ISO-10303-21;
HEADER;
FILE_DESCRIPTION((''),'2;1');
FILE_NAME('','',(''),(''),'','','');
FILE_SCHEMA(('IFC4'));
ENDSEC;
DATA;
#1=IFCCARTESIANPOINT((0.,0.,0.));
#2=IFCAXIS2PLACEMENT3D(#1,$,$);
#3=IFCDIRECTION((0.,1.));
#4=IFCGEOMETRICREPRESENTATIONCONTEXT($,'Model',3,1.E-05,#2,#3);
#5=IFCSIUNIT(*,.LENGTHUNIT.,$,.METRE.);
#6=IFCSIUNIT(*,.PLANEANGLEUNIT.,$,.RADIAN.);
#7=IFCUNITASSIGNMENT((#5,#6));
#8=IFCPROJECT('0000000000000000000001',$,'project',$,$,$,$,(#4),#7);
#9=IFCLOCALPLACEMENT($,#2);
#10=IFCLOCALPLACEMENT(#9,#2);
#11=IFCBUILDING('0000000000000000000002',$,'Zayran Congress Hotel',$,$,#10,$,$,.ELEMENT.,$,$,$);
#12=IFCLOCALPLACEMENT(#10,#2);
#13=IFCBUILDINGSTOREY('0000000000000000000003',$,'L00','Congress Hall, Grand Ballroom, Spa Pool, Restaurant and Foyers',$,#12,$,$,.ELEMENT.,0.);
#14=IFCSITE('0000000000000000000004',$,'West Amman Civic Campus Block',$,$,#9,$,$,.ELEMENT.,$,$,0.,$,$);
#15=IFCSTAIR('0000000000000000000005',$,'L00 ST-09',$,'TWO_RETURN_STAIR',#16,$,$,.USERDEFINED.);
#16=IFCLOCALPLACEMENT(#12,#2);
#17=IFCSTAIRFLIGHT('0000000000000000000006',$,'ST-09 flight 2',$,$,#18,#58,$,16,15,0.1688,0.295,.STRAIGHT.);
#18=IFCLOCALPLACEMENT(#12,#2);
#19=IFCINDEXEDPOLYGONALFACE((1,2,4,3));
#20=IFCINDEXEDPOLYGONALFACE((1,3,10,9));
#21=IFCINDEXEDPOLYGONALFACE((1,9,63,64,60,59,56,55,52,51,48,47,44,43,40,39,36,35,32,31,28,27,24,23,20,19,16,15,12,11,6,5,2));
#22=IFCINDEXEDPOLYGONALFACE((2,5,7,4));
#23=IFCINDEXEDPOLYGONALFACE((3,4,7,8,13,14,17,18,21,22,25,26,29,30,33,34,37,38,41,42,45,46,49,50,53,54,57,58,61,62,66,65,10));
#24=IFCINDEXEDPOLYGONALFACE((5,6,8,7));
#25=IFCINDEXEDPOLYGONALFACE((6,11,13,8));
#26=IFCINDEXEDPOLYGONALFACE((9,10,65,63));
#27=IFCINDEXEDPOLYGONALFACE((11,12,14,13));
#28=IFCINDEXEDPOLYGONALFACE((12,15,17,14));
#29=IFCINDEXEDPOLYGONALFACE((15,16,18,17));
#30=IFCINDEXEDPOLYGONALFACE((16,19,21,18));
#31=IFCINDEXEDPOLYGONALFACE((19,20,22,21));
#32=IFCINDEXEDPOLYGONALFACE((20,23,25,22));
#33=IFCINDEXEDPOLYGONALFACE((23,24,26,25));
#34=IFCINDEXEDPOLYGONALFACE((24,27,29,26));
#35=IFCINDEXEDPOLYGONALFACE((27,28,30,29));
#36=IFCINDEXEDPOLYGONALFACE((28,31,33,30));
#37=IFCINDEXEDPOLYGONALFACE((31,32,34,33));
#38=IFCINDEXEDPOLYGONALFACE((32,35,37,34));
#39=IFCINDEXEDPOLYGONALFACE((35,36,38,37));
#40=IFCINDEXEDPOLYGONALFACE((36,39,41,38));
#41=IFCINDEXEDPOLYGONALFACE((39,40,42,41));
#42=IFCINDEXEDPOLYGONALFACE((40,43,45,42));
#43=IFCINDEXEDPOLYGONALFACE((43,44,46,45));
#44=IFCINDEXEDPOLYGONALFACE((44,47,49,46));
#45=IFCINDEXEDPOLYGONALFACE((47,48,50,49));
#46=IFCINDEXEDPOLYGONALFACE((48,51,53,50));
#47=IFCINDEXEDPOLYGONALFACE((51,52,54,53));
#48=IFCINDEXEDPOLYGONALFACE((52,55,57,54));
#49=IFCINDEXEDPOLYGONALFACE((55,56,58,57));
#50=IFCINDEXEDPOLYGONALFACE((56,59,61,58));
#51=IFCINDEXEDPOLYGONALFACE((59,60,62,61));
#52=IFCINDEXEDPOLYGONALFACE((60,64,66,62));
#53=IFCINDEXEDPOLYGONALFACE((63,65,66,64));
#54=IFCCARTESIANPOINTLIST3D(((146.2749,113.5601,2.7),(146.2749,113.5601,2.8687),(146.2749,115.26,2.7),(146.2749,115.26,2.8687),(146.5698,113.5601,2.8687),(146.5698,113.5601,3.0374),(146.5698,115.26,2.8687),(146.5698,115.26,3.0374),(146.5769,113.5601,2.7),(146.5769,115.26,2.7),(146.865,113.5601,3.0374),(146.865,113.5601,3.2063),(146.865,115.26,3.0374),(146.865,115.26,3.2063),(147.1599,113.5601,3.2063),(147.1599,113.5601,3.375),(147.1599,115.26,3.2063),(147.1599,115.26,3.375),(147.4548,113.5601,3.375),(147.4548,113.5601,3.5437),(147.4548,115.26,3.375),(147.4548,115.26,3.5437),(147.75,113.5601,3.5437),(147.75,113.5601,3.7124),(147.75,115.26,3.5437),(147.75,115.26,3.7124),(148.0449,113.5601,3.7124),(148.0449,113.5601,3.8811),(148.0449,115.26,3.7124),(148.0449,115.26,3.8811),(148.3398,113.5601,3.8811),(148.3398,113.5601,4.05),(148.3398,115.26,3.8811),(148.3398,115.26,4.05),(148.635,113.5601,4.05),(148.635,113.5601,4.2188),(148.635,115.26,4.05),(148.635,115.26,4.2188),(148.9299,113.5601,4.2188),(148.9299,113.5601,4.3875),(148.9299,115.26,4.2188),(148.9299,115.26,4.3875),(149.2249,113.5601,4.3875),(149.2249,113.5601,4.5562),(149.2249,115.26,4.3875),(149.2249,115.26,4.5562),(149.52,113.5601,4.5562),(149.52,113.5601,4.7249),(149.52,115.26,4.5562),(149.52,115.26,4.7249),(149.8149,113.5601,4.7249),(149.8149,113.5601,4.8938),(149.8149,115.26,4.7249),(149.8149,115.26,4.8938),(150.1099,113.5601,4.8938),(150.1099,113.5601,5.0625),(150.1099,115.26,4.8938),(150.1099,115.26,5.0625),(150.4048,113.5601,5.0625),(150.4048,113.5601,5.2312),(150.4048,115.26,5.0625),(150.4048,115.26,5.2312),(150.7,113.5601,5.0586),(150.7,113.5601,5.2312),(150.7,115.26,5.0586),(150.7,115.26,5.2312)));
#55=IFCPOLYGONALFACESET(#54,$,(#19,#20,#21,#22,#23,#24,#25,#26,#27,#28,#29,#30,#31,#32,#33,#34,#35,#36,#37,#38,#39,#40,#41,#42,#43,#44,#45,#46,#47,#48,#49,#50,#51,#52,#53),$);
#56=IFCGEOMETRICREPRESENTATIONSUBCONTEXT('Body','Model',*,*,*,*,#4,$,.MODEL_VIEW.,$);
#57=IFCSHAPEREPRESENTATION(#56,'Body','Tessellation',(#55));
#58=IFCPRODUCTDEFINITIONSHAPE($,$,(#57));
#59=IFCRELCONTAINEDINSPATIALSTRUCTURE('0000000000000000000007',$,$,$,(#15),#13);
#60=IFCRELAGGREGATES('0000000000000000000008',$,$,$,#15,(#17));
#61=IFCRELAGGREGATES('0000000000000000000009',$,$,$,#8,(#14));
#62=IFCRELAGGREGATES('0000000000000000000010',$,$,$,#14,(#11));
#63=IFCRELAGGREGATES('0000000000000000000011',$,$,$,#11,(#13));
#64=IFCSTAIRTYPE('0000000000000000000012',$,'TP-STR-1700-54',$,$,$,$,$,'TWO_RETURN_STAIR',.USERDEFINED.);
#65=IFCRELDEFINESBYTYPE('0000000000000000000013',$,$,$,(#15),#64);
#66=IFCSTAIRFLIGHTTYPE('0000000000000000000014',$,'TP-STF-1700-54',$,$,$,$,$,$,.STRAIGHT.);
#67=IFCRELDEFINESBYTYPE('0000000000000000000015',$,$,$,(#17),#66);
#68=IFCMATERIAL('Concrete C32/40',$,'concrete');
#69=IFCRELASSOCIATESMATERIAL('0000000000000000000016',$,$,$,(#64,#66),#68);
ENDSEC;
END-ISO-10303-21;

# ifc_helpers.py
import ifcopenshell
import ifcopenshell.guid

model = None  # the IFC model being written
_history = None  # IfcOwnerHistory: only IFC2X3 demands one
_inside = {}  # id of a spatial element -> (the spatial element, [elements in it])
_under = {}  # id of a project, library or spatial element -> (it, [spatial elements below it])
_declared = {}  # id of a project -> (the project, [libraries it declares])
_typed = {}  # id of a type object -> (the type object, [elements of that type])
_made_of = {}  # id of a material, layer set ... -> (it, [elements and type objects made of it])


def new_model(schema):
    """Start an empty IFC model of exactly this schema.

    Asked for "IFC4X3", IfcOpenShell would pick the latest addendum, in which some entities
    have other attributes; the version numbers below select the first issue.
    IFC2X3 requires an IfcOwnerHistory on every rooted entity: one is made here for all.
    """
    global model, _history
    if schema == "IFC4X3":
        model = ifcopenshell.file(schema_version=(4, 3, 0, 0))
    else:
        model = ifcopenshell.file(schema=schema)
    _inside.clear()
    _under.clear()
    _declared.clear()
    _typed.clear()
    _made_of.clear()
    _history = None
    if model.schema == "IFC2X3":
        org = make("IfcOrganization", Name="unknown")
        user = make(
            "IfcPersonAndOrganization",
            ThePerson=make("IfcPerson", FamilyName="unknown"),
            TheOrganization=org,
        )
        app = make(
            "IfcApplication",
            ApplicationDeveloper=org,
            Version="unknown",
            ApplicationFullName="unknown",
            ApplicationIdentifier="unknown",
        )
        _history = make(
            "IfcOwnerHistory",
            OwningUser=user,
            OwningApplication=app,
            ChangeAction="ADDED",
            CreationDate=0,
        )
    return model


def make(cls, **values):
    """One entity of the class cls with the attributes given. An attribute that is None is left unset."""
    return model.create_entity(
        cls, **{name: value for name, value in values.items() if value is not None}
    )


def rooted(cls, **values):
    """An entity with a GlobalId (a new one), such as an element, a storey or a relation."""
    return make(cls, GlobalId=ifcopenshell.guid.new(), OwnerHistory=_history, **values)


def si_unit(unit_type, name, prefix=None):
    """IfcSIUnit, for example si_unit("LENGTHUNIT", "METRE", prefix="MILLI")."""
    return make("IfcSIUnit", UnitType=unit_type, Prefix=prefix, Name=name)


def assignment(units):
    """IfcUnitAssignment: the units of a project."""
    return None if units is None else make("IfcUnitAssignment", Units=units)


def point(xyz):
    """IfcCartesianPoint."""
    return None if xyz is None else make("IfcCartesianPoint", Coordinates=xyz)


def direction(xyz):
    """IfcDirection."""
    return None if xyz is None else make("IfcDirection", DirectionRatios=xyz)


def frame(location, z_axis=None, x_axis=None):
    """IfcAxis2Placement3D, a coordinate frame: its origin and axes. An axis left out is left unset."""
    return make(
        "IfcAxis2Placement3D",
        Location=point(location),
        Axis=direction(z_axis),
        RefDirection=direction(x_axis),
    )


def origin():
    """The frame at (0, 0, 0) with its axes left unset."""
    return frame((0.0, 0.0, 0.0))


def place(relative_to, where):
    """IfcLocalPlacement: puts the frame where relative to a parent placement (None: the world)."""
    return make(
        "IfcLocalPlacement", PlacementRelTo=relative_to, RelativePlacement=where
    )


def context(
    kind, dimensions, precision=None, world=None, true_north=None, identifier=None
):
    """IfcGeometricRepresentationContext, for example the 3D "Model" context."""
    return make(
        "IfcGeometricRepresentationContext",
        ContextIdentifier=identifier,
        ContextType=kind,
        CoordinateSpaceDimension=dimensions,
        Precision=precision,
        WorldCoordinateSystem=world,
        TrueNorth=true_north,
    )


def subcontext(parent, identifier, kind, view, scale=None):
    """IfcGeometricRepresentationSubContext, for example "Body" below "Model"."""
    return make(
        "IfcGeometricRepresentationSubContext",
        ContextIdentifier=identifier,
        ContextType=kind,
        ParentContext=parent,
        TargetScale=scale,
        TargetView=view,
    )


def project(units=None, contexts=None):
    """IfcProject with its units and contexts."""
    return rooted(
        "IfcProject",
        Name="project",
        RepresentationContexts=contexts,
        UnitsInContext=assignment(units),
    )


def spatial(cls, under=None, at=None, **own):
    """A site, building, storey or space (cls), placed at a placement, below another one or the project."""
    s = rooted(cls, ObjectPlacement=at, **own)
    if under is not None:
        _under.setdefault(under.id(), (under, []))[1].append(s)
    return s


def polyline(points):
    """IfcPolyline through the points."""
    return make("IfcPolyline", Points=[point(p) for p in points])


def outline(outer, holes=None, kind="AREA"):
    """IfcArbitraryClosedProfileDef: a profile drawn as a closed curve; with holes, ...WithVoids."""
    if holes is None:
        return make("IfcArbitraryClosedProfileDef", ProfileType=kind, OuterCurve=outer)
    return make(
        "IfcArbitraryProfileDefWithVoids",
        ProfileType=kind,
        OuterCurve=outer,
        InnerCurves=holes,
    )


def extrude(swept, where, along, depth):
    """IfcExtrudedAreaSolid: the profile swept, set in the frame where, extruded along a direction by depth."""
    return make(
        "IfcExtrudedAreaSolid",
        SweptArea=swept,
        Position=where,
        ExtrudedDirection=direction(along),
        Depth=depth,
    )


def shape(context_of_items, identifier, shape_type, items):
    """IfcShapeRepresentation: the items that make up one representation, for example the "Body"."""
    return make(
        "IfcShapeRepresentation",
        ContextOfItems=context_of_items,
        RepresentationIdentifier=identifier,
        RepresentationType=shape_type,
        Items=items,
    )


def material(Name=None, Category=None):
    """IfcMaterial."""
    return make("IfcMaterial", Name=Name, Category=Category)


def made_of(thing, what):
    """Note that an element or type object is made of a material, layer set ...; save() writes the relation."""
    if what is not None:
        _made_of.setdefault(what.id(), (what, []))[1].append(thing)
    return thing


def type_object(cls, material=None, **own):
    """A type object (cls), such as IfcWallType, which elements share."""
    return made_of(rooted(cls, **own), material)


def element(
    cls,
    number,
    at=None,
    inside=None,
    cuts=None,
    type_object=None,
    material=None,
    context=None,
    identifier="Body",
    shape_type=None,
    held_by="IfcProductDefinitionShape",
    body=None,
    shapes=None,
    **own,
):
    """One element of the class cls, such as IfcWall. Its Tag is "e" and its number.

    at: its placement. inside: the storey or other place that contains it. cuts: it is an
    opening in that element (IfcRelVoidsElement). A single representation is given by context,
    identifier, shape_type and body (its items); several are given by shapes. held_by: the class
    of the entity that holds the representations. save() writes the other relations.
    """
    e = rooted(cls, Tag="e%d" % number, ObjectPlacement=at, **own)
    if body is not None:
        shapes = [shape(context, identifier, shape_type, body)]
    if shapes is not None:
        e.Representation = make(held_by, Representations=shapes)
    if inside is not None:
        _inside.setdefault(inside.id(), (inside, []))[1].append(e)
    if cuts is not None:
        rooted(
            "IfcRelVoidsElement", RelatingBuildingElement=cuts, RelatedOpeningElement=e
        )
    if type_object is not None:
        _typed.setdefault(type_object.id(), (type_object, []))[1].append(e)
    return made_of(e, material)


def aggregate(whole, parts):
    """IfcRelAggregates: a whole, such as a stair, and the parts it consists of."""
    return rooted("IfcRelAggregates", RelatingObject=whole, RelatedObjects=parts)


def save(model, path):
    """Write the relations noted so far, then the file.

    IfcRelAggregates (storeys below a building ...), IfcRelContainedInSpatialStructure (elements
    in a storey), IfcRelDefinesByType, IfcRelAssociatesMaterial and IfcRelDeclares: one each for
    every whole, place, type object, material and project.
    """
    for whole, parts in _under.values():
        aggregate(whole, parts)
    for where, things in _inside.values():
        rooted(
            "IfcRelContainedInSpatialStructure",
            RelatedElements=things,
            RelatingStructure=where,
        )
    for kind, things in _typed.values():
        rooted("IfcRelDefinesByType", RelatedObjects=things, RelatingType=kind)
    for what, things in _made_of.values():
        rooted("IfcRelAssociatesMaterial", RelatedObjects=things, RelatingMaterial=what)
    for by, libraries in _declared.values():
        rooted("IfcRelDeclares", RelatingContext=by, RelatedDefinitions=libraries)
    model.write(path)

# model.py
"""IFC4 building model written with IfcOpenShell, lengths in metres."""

from ifc_helpers import new_model, si_unit, direction, frame, origin, place, context, subcontext, project, spatial, polyline, outline, extrude, material, type_object, element, aggregate, save


model = new_model("IFC4")

# Units and contexts
model_context = context("Model", 3, precision=1e-05, world=origin(), true_north=direction((0.0, 1.0)))
body_context = subcontext(model_context, "Body", "Model", "MODEL_VIEW")
ifc_project = project(units=[si_unit("LENGTHUNIT", "METRE"), si_unit("PLANEANGLEUNIT", "RADIAN")], contexts=[model_context])

# Site, building, storey
site_placement = place(None, origin())
site = spatial("IfcSite", under=ifc_project, at=site_placement, Name="West Amman Civic Campus Block", CompositionType="ELEMENT", RefElevation=0.0)
building_placement = place(site_placement, origin())
building = spatial("IfcBuilding", under=site, at=building_placement, Name="Zayran Congress Hotel", CompositionType="ELEMENT")
storey_placement = place(building_placement, origin())
storey = spatial("IfcBuildingStorey", under=building, at=storey_placement, Name="L00", Description="Congress Hall, Grand Ballroom, Spa Pool, Restaurant and Foyers", CompositionType="ELEMENT", Elevation=0.0)

# Stair, stair flight
ifc_material_1 = material(Name="Concrete C32/40", Category="concrete")
stair_type = type_object("IfcStairType", Name="TP-STR-1700-54", ElementType="TWO_RETURN_STAIR", PredefinedType="USERDEFINED", material=ifc_material_1)
stair_placement = place(storey_placement, origin())
stair = element("IfcStair", 1, at=stair_placement, inside=storey, type_object=stair_type, Name="L00 ST-09", ObjectType="TWO_RETURN_STAIR", PredefinedType="USERDEFINED")
stair_flight_type = type_object("IfcStairFlightType", Name="TP-STF-1700-54", PredefinedType="STRAIGHT", material=ifc_material_1)
stair_flight_1_placement = place(storey_placement, frame((146.2749, 114.4099, 2.7), z_axis=(0.0, 0.0, 1.0), x_axis=(1.0, 0.0, 0.0)))
stair_flight_1 = element("IfcStairFlight", 2, at=stair_flight_1_placement, type_object=stair_flight_type, Name="ST-09 flight 2", NumberOfRisers=16, NumberOfTreads=15, PredefinedType="STRAIGHT", RiserHeight=0.1688, TreadLength=0.295, context=body_context, shape_type="SweptSolid", body=[
    extrude(outline(polyline([(0.0, 0.0), (0.0, 0.1687), (0.2949, 0.1687), (0.2949, 0.3374), (0.5901, 0.3374), (0.5901, 0.5063), (0.885, 0.5063), (0.885, 0.675), (1.1799, 0.675), (1.1799, 0.8438), (1.4751, 0.8438), (1.4751, 1.0125), (1.77, 1.0125), (1.77, 1.1812), (2.0649, 1.1812), (2.0649, 1.3501), (2.3601, 1.3501), (2.3601, 1.5188), (2.655, 1.5188), (2.655, 1.6875), (2.95, 1.6875), (2.95, 1.8562), (3.2451, 1.8562), (3.2451, 2.0249), (3.54, 2.0249), (3.54, 2.1938), (3.835, 2.1938), (3.835, 2.3625), (4.1299, 2.3625), (4.1299, 2.5312), (4.425, 2.5312), (4.425, 2.7), (4.425, 2.3586), (0.302, 0.0), (0.0, 0.0)])), frame((0.0, 0.8501, 0.0), z_axis=(0.0, -1.0, 0.0), x_axis=(1.0, 0.0, 0.0)), (0.0, 0.0, 1.0), 1.7),
])
aggregate(stair, [stair_flight_1])

save(model, "model.ifc")
